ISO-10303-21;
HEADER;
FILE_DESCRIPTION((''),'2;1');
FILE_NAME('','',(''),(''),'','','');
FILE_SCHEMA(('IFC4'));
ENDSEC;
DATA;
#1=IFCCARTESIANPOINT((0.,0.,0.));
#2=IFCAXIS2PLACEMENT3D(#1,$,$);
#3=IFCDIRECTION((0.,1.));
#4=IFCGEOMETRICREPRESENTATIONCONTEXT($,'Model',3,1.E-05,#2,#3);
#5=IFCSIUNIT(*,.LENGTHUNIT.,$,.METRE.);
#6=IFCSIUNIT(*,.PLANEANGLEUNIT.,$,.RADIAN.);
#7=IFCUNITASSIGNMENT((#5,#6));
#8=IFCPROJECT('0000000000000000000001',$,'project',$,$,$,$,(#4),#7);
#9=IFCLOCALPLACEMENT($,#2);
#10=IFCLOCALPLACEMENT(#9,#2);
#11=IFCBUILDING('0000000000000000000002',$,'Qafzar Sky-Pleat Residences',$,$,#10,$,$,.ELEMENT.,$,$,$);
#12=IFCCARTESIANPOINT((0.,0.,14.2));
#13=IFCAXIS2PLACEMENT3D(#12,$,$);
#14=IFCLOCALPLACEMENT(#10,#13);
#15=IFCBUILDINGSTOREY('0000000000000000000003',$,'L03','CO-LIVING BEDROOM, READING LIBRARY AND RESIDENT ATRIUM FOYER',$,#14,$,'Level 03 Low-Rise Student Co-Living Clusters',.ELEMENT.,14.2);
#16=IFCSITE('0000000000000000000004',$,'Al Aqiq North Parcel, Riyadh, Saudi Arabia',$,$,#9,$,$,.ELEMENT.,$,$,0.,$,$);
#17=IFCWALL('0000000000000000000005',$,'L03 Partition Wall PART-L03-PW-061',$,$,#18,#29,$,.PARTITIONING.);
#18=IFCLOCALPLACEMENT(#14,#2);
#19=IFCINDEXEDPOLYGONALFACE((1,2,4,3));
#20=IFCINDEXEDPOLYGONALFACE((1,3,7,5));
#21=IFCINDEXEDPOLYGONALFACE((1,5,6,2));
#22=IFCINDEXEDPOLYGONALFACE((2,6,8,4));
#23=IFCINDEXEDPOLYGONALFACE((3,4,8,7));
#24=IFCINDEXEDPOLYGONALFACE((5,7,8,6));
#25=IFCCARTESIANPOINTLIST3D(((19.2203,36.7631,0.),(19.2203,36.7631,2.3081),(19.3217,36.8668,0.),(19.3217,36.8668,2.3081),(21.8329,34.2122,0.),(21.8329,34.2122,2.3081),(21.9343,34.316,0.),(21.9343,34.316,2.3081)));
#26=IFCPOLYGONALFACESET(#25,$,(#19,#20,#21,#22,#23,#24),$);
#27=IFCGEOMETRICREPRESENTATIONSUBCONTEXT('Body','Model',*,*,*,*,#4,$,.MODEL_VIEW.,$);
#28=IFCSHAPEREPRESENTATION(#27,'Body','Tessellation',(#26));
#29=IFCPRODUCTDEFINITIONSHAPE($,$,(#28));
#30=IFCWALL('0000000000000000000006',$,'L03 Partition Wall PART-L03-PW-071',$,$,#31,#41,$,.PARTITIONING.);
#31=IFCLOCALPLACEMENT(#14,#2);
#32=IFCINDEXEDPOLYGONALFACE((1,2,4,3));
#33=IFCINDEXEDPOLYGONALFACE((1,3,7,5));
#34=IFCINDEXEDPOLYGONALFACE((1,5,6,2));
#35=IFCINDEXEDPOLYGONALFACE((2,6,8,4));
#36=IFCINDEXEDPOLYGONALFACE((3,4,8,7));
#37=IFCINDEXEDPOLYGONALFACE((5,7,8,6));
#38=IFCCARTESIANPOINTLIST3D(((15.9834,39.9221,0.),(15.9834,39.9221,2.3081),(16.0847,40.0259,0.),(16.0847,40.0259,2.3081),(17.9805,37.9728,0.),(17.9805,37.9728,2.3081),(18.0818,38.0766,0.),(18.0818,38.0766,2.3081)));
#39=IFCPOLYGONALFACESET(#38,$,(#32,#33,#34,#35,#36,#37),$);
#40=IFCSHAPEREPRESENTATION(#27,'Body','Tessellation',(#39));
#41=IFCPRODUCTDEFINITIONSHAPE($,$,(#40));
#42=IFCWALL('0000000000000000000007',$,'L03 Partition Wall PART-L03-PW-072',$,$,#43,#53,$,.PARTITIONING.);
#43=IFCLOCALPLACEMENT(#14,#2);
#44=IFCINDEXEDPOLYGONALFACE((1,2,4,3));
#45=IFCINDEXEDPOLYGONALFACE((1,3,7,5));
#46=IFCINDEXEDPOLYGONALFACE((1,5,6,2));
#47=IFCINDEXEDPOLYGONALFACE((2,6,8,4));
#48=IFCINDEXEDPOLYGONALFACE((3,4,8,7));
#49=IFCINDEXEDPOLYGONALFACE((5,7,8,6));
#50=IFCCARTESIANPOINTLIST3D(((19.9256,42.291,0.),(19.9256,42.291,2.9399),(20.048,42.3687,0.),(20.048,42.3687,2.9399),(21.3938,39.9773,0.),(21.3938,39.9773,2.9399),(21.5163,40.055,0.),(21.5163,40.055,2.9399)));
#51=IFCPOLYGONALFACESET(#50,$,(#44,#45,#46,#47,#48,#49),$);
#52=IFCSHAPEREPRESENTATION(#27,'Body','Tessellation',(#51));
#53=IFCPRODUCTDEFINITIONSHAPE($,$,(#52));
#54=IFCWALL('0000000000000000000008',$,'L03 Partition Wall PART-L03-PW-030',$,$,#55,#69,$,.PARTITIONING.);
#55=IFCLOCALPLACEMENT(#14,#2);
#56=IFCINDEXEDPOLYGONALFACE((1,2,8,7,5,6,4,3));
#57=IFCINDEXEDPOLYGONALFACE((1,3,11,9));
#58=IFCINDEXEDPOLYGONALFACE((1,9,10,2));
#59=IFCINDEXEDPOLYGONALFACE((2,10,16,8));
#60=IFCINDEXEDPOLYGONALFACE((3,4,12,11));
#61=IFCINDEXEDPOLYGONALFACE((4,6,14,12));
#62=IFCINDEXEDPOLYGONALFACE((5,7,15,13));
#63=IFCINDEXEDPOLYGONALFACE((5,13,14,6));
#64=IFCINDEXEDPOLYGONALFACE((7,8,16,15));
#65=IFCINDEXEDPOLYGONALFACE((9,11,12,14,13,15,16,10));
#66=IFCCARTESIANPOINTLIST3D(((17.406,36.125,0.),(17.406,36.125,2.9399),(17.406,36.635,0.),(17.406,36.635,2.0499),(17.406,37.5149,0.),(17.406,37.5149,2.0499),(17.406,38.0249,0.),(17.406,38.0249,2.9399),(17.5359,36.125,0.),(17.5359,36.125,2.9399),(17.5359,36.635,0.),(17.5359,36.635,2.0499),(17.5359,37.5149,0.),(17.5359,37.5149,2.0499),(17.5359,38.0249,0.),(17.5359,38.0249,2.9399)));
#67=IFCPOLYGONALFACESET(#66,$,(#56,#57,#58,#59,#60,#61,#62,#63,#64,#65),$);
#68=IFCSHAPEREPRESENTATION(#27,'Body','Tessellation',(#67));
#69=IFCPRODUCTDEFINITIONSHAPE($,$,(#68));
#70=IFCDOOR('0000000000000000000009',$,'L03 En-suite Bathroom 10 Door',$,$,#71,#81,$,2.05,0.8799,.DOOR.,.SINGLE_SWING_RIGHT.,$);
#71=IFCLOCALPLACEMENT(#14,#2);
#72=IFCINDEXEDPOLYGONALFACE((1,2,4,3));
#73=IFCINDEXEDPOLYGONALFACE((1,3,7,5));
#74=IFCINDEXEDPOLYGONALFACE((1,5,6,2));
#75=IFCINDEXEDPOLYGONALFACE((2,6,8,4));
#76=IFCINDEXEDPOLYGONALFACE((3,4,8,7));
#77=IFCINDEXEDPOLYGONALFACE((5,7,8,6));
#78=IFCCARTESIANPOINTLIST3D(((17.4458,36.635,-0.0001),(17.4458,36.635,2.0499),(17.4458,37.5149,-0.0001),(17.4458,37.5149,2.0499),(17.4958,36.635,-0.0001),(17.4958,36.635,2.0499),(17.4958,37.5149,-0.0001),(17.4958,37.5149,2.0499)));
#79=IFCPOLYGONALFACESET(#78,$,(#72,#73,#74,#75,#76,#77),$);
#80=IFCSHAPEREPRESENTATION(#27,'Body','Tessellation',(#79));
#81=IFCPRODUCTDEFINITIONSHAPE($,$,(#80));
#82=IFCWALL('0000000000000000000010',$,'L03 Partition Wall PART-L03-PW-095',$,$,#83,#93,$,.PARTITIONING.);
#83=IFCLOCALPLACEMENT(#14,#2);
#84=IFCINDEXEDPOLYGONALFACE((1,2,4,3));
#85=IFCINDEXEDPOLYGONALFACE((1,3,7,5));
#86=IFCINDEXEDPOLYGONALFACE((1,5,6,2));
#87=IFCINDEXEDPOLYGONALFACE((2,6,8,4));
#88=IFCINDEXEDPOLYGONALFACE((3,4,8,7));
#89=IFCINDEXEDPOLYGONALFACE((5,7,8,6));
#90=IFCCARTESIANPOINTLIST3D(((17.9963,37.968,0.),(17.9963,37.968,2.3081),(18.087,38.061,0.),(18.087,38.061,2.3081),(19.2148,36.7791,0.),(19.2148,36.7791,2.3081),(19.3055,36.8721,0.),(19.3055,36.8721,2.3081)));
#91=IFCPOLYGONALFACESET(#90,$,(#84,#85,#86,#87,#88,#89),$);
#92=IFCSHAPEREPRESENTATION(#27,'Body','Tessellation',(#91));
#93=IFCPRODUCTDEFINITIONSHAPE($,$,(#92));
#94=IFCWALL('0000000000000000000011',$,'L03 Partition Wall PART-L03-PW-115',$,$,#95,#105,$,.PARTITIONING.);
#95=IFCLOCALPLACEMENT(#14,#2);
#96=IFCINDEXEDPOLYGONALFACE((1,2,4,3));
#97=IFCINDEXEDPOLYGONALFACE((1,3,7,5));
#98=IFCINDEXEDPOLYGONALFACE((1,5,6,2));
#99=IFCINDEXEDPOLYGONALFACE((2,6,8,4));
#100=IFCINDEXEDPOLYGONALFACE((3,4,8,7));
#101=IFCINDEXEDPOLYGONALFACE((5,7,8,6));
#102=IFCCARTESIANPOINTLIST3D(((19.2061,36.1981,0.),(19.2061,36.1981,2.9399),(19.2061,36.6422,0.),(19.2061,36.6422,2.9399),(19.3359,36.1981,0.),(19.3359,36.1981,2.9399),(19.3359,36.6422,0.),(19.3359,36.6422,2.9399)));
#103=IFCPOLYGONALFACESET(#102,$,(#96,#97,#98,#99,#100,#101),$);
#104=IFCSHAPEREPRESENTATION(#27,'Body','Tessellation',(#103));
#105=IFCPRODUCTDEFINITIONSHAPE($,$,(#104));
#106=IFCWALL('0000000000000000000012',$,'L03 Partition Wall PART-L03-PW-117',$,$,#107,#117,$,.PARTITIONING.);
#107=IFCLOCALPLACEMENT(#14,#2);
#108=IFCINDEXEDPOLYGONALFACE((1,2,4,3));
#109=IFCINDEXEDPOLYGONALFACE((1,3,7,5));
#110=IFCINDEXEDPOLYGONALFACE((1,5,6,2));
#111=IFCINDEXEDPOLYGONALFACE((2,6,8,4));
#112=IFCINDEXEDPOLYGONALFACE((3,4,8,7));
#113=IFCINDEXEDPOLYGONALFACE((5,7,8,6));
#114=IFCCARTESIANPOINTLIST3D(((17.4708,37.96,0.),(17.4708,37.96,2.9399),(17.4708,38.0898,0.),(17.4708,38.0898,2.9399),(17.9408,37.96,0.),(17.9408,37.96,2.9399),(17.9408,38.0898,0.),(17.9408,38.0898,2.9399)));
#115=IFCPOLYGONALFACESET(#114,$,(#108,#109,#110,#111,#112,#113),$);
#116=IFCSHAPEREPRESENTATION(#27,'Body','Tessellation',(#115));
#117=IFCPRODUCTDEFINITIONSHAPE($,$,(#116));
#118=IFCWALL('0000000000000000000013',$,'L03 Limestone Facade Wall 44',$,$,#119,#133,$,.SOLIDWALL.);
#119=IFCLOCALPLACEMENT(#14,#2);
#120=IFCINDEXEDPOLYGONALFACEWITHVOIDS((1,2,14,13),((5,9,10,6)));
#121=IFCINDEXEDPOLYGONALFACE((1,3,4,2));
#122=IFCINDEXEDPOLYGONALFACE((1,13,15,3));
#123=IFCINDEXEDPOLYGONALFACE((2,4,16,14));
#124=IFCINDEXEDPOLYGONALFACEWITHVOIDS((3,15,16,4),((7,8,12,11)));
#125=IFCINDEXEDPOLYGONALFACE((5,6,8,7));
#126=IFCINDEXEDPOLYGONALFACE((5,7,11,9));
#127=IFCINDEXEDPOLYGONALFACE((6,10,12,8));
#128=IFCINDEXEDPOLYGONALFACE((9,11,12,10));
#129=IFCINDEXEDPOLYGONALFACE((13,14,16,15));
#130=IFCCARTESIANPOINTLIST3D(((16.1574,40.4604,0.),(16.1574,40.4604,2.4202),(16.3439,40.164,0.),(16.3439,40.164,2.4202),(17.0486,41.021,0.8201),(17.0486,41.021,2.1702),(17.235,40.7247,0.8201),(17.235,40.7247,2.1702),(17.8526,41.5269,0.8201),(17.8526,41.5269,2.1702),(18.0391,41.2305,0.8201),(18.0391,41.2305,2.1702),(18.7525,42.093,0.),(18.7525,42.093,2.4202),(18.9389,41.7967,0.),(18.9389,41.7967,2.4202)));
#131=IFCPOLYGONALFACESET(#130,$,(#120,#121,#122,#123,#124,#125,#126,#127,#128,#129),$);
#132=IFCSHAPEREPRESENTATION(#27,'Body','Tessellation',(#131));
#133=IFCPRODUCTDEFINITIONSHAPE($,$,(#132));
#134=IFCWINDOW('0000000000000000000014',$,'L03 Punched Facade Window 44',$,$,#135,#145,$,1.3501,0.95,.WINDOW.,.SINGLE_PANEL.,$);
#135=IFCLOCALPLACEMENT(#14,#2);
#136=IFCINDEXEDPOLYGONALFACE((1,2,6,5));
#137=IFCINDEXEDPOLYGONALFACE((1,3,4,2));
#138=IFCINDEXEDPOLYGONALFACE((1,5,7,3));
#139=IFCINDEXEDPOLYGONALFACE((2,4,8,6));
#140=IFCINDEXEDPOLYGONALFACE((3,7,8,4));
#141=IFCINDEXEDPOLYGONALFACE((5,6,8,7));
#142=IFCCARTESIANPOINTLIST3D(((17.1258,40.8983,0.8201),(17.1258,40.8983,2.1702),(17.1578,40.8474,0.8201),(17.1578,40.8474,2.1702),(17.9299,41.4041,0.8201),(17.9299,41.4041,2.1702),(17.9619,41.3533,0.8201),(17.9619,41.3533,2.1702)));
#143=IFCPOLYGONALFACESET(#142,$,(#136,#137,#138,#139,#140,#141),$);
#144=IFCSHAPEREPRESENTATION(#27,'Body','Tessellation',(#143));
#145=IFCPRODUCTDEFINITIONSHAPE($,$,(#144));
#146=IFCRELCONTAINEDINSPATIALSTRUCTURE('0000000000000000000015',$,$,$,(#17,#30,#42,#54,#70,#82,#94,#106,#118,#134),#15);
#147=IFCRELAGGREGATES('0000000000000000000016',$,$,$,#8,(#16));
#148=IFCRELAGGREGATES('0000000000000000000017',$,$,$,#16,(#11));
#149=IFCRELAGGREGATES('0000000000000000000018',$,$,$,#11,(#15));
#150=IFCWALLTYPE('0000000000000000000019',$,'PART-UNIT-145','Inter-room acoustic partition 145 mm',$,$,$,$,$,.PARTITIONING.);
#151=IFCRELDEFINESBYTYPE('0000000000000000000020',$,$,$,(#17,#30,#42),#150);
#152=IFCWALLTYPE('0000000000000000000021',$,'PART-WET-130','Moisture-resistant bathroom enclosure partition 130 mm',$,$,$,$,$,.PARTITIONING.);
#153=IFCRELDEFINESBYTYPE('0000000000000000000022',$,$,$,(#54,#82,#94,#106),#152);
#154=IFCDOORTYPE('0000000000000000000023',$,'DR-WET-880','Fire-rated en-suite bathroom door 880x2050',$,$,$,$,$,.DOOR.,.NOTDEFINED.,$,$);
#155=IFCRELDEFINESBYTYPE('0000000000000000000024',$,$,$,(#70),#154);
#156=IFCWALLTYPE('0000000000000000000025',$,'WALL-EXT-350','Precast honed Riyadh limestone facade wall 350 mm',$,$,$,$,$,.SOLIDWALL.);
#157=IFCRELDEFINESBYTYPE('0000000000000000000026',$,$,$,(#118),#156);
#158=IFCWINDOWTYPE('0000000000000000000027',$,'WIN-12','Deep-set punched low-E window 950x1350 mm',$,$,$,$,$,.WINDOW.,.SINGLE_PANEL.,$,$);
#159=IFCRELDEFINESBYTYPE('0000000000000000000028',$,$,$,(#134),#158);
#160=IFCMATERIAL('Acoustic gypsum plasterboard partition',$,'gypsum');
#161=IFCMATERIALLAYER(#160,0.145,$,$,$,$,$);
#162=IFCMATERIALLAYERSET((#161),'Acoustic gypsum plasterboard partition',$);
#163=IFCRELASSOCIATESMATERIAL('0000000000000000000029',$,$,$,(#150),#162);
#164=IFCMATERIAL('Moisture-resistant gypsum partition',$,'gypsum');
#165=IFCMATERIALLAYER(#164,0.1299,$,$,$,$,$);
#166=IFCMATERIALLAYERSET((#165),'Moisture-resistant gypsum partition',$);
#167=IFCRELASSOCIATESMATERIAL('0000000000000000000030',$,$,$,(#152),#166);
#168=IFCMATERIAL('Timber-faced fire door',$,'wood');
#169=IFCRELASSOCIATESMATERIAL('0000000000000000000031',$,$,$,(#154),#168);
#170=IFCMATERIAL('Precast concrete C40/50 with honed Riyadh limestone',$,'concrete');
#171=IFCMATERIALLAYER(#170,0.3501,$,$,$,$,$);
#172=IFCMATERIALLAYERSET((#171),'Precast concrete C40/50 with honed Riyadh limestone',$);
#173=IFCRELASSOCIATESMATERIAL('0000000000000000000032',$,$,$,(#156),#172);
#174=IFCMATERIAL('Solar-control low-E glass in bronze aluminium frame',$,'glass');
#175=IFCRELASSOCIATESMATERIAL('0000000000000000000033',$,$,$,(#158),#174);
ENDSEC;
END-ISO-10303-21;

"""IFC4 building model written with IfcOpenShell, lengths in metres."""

from ifc_helpers import new_model, si_unit, direction, frame, frame_2d, origin, place, context, subcontext, project, spatial, rectangle, extrude, source, transform, mapped, material, layer, layer_set, type_object, element, fill, save


model = new_model("IFC4")

# Units and contexts
model_context = context("Model", 3, precision=1e-05, world=origin(), true_north=direction((0.0, 1.0)))
body_context = subcontext(model_context, "Body", "Model", "MODEL_VIEW")
ifc_project = project(units=[si_unit("LENGTHUNIT", "METRE"), si_unit("PLANEANGLEUNIT", "RADIAN")], contexts=[model_context])

# Site, building, storey
site_placement = place(None, origin())
site = spatial("IfcSite", under=ifc_project, at=site_placement, Name="Al Aqiq North Parcel, Riyadh, Saudi Arabia", CompositionType="ELEMENT", RefElevation=0.0)
building_placement = place(site_placement, origin())
building = spatial("IfcBuilding", under=site, at=building_placement, Name="Qafzar Sky-Pleat Residences", CompositionType="ELEMENT")
storey_placement = place(building_placement, frame((0.0, 0.0, 14.2)))
storey = spatial("IfcBuildingStorey", under=building, at=storey_placement, Name="L03", Description="CO-LIVING BEDROOM, READING LIBRARY AND RESIDENT ATRIUM FOYER", LongName="Level 03 Low-Rise Student Co-Living Clusters", CompositionType="ELEMENT", Elevation=14.2)

# Walls
ifc_material_1 = material(Name="Acoustic gypsum plasterboard partition", Category="gypsum")
ifc_layer_1 = layer(ifc_material_1, 0.145)
ifc_layer_set_1 = layer_set([ifc_layer_1], Name="Acoustic gypsum plasterboard partition")
wall_type_1 = type_object("IfcWallType", Name="PART-UNIT-145", Description="Inter-room acoustic partition 145 mm", PredefinedType="PARTITIONING", material=ifc_layer_set_1)
wall_1_placement = place(storey_placement, frame((19.271, 36.8149, 0.0), z_axis=(0.0, 0.0, 1.0), x_axis=(0.715515, -0.698598, 0.0)))
element("IfcWall", 1, at=wall_1_placement, inside=storey, type_object=wall_type_1, Name="L03 Partition Wall PART-L03-PW-061", PredefinedType="PARTITIONING", context=body_context, shape_type="SweptSolid", body=[
    extrude(rectangle(XDim=3.6514, YDim=0.145, at=frame_2d((1.8257, 0.0))), origin(), (0.0, 0.0, 1.0), 2.3081),
])
wall_2_placement = place(storey_placement, frame((16.0339, 39.9741, 0.0), z_axis=(0.0, 0.0, 1.0), x_axis=(0.715628, -0.698481, 0.0)))
element("IfcWall", 2, at=wall_2_placement, inside=storey, type_object=wall_type_1, Name="L03 Partition Wall PART-L03-PW-071", PredefinedType="PARTITIONING", context=body_context, shape_type="SweptSolid", body=[
    extrude(rectangle(XDim=2.7908, YDim=0.145, at=frame_2d((1.3955, 0.0))), origin(), (0.0, 0.0, 1.0), 2.3081),
])
wall_3_placement = place(storey_placement, frame((19.9868, 42.3298, 0.0), z_axis=(0.0, 0.0, 1.0), x_axis=(0.535809, -0.844339, 0.0)))
element("IfcWall", 3, at=wall_3_placement, inside=storey, type_object=wall_type_1, Name="L03 Partition Wall PART-L03-PW-072", PredefinedType="PARTITIONING", context=body_context, shape_type="SweptSolid", body=[
    extrude(rectangle(XDim=2.7402, YDim=0.145, at=frame_2d((1.3701, 0.0))), origin(), (0.0, 0.0, 1.0), 2.9399),
])

# Wall, opening, door
ifc_material_2 = material(Name="Moisture-resistant gypsum partition", Category="gypsum")
ifc_layer_2 = layer(ifc_material_2, 0.1299)
ifc_layer_set_2 = layer_set([ifc_layer_2], Name="Moisture-resistant gypsum partition")
wall_type_2 = type_object("IfcWallType", Name="PART-WET-130", Description="Moisture-resistant bathroom enclosure partition 130 mm", PredefinedType="PARTITIONING", material=ifc_layer_set_2)
wall_4_placement = place(storey_placement, frame((17.4709, 38.0249, 0.0), z_axis=(0.0, 0.0, 1.0), x_axis=(0.0, -1.0, 0.0)))
wall_4 = element("IfcWall", 4, at=wall_4_placement, inside=storey, type_object=wall_type_2, Name="L03 Partition Wall PART-L03-PW-030", PredefinedType="PARTITIONING", context=body_context, shape_type="SweptSolid", body=[
    extrude(rectangle(XDim=1.8999, YDim=0.1299, at=frame_2d((0.95, 0.0))), origin(), (0.0, 0.0, 1.0), 2.9399),
])
opening_1_placement = place(wall_4_placement, frame((0.51, 0.0, 0.0)))
opening_1 = element("IfcOpeningElement", 5, at=opening_1_placement, cuts=wall_4, PredefinedType="OPENING", context=body_context, shape_type="SweptSolid", body=[
    extrude(rectangle(XDim=0.8799, YDim=2.05, at=frame_2d((0.4399, 1.0249))), frame((0.0, 0.075, 0.0), z_axis=(0.0, -1.0, 0.0), x_axis=(1.0, 0.0, 0.0)), (0.0, 0.0, 1.0), 0.1499),
])
ifc_material_3 = material(Name="Timber-faced fire door", Category="wood")
door_type = type_object("IfcDoorType", Name="DR-WET-880", Description="Fire-rated en-suite bathroom door 880x2050", OperationType="NOTDEFINED", PredefinedType="DOOR", material=ifc_material_3)
shared_shape_1 = source(origin(), body_context, "Body", "SweptSolid", [
    extrude(rectangle(XDim=0.8799, YDim=2.05, at=frame_2d((0.4399, 1.0249))), frame((0.0, 0.0249, 0.0), z_axis=(0.0, -1.0, 0.0), x_axis=(1.0, 0.0, 0.0)), (0.0, 0.0, 1.0), 0.05),
])
door_placement = place(opening_1_placement, origin())
door = element("IfcDoor", 6, at=door_placement, inside=storey, type_object=door_type, Name="L03 En-suite Bathroom 10 Door", OperationType="SINGLE_SWING_RIGHT", OverallHeight=2.05, OverallWidth=0.8799, PredefinedType="DOOR", context=body_context, shape_type="MappedRepresentation", body=[
    mapped(shared_shape_1, transform((0.0, 0.0, 0.0), x_axis=(1.0, 0.0, 0.0), y_axis=(0.0, 1.0, 0.0), z_axis=(0.0, 0.0, 1.0), scale=1.0)),
])
fill(opening_1, door)

# Walls
wall_5_placement = place(storey_placement, frame((18.0417, 38.0144, 0.0), z_axis=(0.0, 0.0, 1.0), x_axis=(0.715729, -0.698378, 0.0)))
element("IfcWall", 7, at=wall_5_placement, inside=storey, type_object=wall_type_2, Name="L03 Partition Wall PART-L03-PW-095", PredefinedType="PARTITIONING", context=body_context, shape_type="SweptSolid", body=[
    extrude(rectangle(XDim=1.7024, YDim=0.1299, at=frame_2d((0.8511, 0.0))), origin(), (0.0, 0.0, 1.0), 2.3081),
])
wall_6_placement = place(storey_placement, frame((19.271, 36.198, 0.0), z_axis=(0.0, 0.0, 1.0), x_axis=(0.0, 1.0, 0.0)))
element("IfcWall", 8, at=wall_6_placement, inside=storey, type_object=wall_type_2, Name="L03 Partition Wall PART-L03-PW-115", PredefinedType="PARTITIONING", context=body_context, shape_type="SweptSolid", body=[
    extrude(rectangle(XDim=0.4441, YDim=0.1299, at=frame_2d((0.2222, 0.0))), origin(), (0.0, 0.0, 1.0), 2.9399),
])
wall_7_placement = place(storey_placement, frame((17.4709, 38.0249, 0.0), z_axis=(0.0, 0.0, 1.0), x_axis=(1.0, 0.0, 0.0)))
element("IfcWall", 9, at=wall_7_placement, inside=storey, type_object=wall_type_2, Name="L03 Partition Wall PART-L03-PW-117", PredefinedType="PARTITIONING", context=body_context, shape_type="SweptSolid", body=[
    extrude(rectangle(XDim=0.47, YDim=0.1299, at=frame_2d((0.2349, 0.0))), origin(), (0.0, 0.0, 1.0), 2.9399),
])

# Wall, opening, window
ifc_material_4 = material(Name="Precast concrete C40/50 with honed Riyadh limestone", Category="concrete")
ifc_layer_3 = layer(ifc_material_4, 0.3501)
ifc_layer_set_3 = layer_set([ifc_layer_3], Name="Precast concrete C40/50 with honed Riyadh limestone")
wall_type_3 = type_object("IfcWallType", Name="WALL-EXT-350", Description="Precast honed Riyadh limestone facade wall 350 mm", PredefinedType="SOLIDWALL", material=ifc_layer_set_3)
wall_8_placement = place(storey_placement, frame((18.8457, 41.9448, 0.0), z_axis=(0.0, 0.0, 1.0), x_axis=(-0.846424, -0.532509, 0.0)))
wall_8 = element("IfcWall", 10, at=wall_8_placement, inside=storey, type_object=wall_type_3, Name="L03 Limestone Facade Wall 44", PredefinedType="SOLIDWALL", context=body_context, shape_type="SweptSolid", body=[
    extrude(rectangle(XDim=3.0659, YDim=0.3501, at=frame_2d((1.533, 0.0))), origin(), (0.0, 0.0, 1.0), 2.4202),
])
opening_2_placement = place(wall_8_placement, frame((1.063, 0.0, 0.8201)))
opening_2 = element("IfcOpeningElement", 11, at=opening_2_placement, cuts=wall_8, PredefinedType="OPENING", context=body_context, shape_type="SweptSolid", body=[
    extrude(rectangle(XDim=0.95, YDim=1.3501, at=frame_2d((0.4751, 0.675))), frame((0.0, 0.1851, 0.0), z_axis=(0.0, -1.0, 0.0), x_axis=(1.0, 0.0, 0.0)), (0.0, 0.0, 1.0), 0.3701),
])
ifc_material_5 = material(Name="Solar-control low-E glass in bronze aluminium frame", Category="glass")
window_type_1 = type_object("IfcWindowType", Name="WIN-12", Description="Deep-set punched low-E window 950x1350 mm", PartitioningType="SINGLE_PANEL", PredefinedType="WINDOW", material=ifc_material_5)
shared_shape_2 = source(origin(), body_context, "Body", "SweptSolid", [
    extrude(rectangle(XDim=0.95, YDim=1.3501, at=frame_2d((0.4751, 0.675))), frame((0.0, 0.03, 0.0), z_axis=(0.0, -1.0, 0.0), x_axis=(1.0, 0.0, 0.0)), (0.0, 0.0, 1.0), 0.0601),
])
window_1_placement = place(opening_2_placement, origin())
window_1 = element("IfcWindow", 12, at=window_1_placement, inside=storey, type_object=window_type_1, Name="L03 Punched Facade Window 44", OverallHeight=1.3501, OverallWidth=0.95, PartitioningType="SINGLE_PANEL", PredefinedType="WINDOW", context=body_context, shape_type="MappedRepresentation", body=[
    mapped(shared_shape_2, transform((0.0, 0.0, 0.0), x_axis=(1.0, 0.0, 0.0), y_axis=(0.0, 1.0, 0.0), z_axis=(0.0, 0.0, 1.0), scale=1.0)),
])
fill(opening_2, window_1)

save(model, "model.ifc")
